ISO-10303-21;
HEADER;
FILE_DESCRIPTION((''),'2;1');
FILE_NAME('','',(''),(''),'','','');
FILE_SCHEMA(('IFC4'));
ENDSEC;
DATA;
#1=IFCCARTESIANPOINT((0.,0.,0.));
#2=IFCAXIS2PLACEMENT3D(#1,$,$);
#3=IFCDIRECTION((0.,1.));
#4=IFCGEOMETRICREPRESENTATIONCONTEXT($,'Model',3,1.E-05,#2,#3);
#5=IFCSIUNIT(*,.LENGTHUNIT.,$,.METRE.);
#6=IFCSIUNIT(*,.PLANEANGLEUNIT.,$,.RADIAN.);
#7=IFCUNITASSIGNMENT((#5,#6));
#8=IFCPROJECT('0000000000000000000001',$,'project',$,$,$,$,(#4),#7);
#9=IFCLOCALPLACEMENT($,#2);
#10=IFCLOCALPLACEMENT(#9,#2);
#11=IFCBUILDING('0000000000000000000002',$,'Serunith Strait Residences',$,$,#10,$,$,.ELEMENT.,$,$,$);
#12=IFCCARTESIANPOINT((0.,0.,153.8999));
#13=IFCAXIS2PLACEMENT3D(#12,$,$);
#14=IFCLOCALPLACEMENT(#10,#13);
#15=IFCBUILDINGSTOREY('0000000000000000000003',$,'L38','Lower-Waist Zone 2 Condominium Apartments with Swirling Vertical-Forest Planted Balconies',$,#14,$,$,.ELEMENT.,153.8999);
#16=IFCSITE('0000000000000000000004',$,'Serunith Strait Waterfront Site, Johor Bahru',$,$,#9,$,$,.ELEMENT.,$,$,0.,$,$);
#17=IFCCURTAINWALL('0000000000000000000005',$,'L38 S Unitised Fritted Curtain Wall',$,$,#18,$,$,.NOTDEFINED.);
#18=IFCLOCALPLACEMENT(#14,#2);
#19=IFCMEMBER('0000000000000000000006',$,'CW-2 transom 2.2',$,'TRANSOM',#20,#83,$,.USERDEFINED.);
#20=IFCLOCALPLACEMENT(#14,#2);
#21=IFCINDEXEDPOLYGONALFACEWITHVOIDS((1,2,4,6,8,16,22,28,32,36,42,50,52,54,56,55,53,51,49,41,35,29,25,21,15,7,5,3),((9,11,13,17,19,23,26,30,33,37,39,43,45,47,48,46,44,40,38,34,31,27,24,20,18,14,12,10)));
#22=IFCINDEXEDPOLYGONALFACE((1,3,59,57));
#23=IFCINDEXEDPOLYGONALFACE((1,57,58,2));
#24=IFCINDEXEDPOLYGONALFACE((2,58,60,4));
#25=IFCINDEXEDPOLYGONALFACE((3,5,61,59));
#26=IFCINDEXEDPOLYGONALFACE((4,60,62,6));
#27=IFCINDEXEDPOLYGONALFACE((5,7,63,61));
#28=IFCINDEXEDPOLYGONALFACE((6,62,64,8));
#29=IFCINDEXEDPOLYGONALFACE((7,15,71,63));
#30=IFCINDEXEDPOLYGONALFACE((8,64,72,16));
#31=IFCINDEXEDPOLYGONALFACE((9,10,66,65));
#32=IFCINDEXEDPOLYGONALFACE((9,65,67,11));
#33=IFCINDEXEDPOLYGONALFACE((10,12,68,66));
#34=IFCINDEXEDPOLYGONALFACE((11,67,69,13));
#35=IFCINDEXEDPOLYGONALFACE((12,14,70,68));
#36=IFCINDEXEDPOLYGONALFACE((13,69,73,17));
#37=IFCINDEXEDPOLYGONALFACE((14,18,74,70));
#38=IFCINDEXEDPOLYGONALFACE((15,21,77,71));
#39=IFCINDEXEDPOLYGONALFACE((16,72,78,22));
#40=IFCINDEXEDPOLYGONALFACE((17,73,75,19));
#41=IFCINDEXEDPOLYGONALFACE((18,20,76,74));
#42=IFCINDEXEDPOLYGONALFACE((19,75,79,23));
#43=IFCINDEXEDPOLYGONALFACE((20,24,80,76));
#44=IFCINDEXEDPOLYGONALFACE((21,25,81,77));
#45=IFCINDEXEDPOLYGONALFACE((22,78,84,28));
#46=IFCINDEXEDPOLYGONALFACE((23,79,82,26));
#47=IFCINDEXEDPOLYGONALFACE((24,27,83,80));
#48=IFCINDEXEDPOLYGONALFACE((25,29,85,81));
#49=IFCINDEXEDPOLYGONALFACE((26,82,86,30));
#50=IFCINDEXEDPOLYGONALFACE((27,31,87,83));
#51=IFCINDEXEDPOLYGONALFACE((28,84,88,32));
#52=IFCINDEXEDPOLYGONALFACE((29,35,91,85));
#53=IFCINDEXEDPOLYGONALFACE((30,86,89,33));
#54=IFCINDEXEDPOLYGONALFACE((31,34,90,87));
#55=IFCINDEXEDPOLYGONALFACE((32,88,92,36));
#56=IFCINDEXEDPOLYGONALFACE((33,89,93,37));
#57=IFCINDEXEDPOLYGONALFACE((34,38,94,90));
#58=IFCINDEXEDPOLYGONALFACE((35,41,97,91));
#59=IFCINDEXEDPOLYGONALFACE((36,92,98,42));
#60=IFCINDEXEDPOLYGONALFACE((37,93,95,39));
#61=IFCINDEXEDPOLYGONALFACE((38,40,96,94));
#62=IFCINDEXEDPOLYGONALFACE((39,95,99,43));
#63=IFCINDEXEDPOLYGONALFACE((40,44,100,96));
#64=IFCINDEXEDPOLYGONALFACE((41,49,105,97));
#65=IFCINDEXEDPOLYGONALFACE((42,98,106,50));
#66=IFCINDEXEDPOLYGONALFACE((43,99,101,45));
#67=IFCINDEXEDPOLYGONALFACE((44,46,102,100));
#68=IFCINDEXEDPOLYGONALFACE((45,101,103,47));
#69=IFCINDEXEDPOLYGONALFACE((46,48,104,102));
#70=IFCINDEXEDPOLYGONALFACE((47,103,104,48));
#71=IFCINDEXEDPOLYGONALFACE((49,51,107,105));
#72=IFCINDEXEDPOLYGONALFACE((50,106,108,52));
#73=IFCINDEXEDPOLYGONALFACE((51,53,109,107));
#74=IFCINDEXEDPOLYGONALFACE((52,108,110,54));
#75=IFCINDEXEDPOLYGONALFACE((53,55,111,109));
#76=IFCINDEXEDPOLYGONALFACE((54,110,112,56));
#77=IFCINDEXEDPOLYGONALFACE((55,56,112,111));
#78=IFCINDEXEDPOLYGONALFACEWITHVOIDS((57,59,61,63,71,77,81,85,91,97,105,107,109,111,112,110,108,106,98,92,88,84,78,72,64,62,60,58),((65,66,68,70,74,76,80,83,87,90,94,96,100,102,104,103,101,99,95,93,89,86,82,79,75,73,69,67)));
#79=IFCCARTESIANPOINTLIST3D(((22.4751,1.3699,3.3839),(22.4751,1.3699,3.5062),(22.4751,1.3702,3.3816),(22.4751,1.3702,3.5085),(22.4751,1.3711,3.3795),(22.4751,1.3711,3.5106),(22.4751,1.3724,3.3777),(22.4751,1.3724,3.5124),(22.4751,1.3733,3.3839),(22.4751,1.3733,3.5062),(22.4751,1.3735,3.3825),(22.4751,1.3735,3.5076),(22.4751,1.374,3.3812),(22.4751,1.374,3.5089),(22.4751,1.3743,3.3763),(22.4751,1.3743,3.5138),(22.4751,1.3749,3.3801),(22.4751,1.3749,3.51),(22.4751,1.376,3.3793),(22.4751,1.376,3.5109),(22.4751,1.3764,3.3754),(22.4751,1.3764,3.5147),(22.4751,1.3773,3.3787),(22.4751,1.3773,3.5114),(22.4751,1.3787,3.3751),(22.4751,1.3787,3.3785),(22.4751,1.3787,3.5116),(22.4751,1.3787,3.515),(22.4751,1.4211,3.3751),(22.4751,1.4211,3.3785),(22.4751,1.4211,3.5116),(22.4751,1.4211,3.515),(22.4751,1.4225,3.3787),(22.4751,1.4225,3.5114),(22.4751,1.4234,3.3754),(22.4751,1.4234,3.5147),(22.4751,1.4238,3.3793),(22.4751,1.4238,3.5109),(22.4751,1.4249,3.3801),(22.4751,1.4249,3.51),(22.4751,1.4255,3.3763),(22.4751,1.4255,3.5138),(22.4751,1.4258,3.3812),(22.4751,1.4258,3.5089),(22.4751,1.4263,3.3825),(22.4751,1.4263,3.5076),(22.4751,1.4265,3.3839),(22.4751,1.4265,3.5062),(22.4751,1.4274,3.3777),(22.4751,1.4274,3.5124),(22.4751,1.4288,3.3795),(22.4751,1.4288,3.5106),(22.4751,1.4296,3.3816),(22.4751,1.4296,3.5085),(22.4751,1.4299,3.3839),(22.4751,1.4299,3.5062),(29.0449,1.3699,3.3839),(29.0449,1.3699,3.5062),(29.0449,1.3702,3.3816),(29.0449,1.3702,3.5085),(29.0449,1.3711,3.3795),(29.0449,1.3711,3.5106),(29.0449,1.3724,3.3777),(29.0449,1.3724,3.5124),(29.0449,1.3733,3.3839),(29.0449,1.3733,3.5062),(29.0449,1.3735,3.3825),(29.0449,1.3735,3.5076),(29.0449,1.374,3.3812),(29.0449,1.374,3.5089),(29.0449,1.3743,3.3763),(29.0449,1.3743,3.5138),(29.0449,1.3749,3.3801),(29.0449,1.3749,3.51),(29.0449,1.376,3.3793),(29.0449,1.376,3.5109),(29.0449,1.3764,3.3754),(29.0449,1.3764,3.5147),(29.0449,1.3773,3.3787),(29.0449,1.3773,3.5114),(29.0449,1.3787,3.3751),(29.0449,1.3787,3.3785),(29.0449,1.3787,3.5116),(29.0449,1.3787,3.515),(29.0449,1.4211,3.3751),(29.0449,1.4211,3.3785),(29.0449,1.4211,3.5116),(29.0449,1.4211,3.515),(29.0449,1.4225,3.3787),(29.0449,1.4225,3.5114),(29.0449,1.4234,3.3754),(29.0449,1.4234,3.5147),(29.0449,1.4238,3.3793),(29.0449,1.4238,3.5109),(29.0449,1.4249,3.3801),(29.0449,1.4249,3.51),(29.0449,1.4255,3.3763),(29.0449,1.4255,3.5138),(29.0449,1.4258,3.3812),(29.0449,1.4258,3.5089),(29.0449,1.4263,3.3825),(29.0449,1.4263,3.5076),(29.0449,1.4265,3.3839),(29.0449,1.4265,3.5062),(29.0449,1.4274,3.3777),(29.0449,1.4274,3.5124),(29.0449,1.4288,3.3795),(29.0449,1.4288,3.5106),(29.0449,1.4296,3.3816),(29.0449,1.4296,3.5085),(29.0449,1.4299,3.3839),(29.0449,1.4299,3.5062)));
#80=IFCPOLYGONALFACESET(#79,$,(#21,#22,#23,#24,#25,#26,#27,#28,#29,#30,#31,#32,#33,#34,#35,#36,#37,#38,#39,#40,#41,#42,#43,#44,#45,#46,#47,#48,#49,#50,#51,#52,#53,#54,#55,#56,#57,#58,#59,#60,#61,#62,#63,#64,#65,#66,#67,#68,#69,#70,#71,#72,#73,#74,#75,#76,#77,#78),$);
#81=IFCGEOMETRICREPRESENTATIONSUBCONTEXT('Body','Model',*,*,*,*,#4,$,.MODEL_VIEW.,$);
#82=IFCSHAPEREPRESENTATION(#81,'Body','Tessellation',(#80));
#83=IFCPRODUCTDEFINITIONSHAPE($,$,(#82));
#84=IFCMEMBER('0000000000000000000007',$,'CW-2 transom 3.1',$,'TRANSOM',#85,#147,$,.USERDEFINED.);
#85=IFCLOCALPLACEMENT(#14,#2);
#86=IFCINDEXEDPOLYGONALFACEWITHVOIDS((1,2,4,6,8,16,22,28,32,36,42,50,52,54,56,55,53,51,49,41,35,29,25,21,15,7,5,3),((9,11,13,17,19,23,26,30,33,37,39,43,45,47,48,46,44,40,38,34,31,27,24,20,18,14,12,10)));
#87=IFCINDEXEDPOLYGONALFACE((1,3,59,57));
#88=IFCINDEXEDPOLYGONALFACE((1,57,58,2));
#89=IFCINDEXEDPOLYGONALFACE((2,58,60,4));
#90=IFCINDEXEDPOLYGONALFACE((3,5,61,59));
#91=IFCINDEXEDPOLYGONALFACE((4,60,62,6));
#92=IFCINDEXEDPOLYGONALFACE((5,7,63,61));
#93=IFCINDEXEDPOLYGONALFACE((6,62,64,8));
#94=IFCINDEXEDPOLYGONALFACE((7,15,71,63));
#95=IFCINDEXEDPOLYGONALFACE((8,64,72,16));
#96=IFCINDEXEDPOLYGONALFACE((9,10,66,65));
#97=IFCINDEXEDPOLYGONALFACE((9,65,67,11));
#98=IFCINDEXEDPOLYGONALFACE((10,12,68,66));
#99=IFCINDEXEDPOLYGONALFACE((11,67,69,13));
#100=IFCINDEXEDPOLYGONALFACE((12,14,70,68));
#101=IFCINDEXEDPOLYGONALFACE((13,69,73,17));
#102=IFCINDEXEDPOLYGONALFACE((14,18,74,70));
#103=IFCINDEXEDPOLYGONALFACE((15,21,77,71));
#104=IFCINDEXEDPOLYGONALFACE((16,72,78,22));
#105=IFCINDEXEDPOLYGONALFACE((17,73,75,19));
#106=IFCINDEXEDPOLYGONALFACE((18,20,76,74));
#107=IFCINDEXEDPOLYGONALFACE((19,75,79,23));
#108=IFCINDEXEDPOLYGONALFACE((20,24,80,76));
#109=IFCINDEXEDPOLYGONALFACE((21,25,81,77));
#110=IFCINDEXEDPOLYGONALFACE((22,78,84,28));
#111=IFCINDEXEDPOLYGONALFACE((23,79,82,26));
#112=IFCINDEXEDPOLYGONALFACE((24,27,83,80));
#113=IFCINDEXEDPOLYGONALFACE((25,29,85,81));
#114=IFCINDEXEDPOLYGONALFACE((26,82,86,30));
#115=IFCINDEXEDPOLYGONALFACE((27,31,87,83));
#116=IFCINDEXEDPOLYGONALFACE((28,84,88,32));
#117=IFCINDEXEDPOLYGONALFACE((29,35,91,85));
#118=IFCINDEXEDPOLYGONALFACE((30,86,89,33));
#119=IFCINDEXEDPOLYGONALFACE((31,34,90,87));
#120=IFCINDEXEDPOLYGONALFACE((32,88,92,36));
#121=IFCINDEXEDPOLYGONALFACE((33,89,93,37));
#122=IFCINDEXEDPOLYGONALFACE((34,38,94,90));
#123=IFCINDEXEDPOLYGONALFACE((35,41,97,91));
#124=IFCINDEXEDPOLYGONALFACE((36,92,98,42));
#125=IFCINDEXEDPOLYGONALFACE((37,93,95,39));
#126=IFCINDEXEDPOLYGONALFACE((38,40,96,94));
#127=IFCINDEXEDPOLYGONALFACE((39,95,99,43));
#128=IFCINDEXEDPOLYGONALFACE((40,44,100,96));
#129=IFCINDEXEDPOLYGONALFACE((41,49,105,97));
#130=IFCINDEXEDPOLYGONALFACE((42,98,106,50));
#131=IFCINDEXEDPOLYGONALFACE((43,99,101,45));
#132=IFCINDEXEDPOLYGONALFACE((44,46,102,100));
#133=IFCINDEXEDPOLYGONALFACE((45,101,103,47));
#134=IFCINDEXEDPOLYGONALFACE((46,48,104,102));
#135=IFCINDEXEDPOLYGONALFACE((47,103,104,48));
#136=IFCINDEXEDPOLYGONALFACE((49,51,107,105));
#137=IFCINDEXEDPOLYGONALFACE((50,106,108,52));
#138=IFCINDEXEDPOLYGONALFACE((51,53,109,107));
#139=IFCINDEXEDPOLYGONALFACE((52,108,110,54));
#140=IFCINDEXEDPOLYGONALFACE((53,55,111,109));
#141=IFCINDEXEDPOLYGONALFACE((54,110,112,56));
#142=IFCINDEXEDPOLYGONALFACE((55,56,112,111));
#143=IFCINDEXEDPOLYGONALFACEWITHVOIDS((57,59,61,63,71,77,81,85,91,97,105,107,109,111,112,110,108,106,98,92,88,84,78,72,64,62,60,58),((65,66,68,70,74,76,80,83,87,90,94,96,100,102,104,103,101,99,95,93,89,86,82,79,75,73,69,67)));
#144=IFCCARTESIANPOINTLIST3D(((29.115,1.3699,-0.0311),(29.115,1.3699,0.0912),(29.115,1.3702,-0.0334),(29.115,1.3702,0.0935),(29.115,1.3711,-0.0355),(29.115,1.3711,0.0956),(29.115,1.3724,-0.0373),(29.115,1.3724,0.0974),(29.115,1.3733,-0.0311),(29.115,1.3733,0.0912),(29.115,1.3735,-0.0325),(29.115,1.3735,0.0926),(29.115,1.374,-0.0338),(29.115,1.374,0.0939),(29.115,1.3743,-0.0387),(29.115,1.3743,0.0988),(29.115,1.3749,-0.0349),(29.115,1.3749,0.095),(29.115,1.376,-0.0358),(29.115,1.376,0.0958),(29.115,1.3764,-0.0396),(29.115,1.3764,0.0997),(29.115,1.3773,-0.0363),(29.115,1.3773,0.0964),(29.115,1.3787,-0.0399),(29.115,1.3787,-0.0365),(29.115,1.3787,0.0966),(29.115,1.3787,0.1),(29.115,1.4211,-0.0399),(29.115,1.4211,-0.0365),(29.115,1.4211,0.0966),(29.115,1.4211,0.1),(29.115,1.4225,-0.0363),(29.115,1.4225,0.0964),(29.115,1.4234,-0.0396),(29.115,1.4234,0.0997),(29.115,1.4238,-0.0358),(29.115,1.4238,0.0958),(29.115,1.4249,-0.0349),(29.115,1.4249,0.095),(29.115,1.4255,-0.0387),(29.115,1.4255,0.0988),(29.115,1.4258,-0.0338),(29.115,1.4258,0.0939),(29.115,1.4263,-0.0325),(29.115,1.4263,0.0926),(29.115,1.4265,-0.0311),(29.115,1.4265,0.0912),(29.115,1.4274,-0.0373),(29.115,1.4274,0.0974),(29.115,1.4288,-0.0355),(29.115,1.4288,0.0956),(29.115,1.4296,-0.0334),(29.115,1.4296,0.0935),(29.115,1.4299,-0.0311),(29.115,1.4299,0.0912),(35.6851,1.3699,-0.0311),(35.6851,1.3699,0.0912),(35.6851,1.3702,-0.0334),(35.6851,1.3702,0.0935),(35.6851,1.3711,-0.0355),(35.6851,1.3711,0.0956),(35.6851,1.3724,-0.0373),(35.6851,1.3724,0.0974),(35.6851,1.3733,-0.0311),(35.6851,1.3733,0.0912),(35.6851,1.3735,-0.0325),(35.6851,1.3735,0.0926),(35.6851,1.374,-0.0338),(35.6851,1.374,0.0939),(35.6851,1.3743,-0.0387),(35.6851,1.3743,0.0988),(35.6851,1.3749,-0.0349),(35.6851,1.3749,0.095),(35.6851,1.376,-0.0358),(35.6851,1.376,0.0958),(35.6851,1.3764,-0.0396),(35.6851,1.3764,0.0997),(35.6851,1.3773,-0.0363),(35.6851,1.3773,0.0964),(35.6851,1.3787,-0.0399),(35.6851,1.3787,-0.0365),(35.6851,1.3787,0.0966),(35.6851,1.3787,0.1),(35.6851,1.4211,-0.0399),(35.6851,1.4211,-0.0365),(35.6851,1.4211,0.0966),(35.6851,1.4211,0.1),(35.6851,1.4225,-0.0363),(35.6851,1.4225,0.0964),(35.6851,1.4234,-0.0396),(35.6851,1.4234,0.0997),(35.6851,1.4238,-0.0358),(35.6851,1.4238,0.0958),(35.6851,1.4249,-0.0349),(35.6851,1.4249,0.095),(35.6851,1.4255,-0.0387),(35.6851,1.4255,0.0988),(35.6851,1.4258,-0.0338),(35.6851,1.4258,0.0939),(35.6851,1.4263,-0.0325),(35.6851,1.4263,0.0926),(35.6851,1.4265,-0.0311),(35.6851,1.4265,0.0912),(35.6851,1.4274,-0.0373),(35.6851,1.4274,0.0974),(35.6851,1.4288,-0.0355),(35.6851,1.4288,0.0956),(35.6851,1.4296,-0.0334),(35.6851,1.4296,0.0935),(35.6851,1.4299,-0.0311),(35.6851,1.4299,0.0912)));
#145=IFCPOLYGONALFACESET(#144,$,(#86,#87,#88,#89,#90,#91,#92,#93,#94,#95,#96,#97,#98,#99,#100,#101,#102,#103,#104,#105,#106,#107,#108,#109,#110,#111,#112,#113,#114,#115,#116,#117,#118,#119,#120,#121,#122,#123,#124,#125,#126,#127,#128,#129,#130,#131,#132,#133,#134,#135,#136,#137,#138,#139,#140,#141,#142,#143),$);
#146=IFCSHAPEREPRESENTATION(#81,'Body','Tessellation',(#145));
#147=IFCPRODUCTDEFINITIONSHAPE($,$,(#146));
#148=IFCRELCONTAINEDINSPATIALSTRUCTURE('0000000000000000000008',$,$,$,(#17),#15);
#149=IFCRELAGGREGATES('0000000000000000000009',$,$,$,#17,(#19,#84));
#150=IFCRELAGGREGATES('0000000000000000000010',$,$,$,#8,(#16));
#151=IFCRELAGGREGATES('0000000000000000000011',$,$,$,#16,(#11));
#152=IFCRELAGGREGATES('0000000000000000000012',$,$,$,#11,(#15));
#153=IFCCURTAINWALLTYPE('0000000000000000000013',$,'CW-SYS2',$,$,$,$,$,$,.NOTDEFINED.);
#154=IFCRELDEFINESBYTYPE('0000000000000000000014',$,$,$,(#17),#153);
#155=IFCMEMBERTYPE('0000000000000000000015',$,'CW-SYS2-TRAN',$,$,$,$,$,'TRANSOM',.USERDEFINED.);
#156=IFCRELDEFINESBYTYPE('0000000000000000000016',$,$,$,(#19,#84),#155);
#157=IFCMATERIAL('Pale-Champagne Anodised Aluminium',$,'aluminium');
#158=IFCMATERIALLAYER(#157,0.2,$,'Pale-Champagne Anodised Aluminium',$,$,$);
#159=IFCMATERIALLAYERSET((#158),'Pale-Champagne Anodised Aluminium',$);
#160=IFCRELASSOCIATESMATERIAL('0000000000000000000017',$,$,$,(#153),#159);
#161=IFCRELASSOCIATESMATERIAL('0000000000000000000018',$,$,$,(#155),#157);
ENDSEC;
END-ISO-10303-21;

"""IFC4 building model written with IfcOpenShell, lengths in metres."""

from ifc_helpers import new_model, si_unit, direction, frame, origin, origin_2d, place, context, subcontext, project, spatial, hollow_rectangle, extrude, source, transform, mapped, material, layer, layer_set, material_profile, profile_set, type_object, element, aggregate, save


model = new_model("IFC4")

# Units and contexts
model_context = context("Model", 3, precision=1e-05, world=origin(), true_north=direction((0.0, 1.0)))
body_context = subcontext(model_context, "Body", "Model", "MODEL_VIEW")
ifc_project = project(units=[si_unit("LENGTHUNIT", "METRE"), si_unit("PLANEANGLEUNIT", "RADIAN")], contexts=[model_context])

# Site, building, storey
site_placement = place(None, origin())
site = spatial("IfcSite", under=ifc_project, at=site_placement, Name="Serunith Strait Waterfront Site, Johor Bahru", CompositionType="ELEMENT", RefElevation=0.0)
building_placement = place(site_placement, origin())
building = spatial("IfcBuilding", under=site, at=building_placement, Name="Serunith Strait Residences", CompositionType="ELEMENT")
storey_placement = place(building_placement, frame((0.0, 0.0, 153.8999)))
storey = spatial("IfcBuildingStorey", under=building, at=storey_placement, Name="L38", Description="Lower-Waist Zone 2 Condominium Apartments with Swirling Vertical-Forest Planted Balconies", CompositionType="ELEMENT", Elevation=153.8999)

# Curtain wall, members
ifc_material_1 = material(Name="Pale-Champagne Anodised Aluminium", Category="aluminium")
ifc_layer_1 = layer(ifc_material_1, 0.2, Name="Pale-Champagne Anodised Aluminium")
ifc_layer_set_1 = layer_set([ifc_layer_1], Name="Pale-Champagne Anodised Aluminium")
curtain_wall_type = type_object("IfcCurtainWallType", Name="CW-SYS2", PredefinedType="NOTDEFINED", material=ifc_layer_set_1)
curtain_wall_placement = place(storey_placement, origin())
curtain_wall = element("IfcCurtainWall", 1, at=curtain_wall_placement, inside=storey, type_object=curtain_wall_type, Name="L38 S Unitised Fritted Curtain Wall", PredefinedType="NOTDEFINED")
ifc_material_profile_1 = material_profile(ifc_material_1, hollow_rectangle(XDim=0.0601, YDim=0.1399, WallThickness=0.0034, InnerFilletRadius=0.0054, OuterFilletRadius=0.0088, at=origin_2d()), Name="ALU 140x60x3.5")
ifc_profile_set_1 = profile_set([ifc_material_profile_1], Name="Pale-Champagne Anodised Aluminium")
member_type_1 = type_object("IfcMemberType", Name="CW-SYS2-TRAN", ElementType="TRANSOM", PredefinedType="USERDEFINED", material=ifc_profile_set_1)
shared_shape_1 = source(origin(), body_context, "Body", "SweptSolid", [
    extrude(hollow_rectangle(XDim=0.0601, YDim=0.1399, WallThickness=0.0034, InnerFilletRadius=0.0054, OuterFilletRadius=0.0088, at=origin_2d()), origin(), (0.0, 0.0, 1.0), 6.5698),
])
member_1_placement = place(storey_placement, frame((22.4751, 1.3999, 3.4451), z_axis=(1.0, 0.0, 0.0), x_axis=(0.0, 1.0, 0.0)))
member_1 = element("IfcMember", 2, at=member_1_placement, type_object=member_type_1, Name="CW-2 transom 2.2", ObjectType="TRANSOM", PredefinedType="USERDEFINED", context=body_context, shape_type="MappedRepresentation", body=[
    mapped(shared_shape_1, transform((0.0, 0.0, 0.0), scale=1.0)),
])
shared_shape_2 = source(origin(), body_context, "Body", "SweptSolid", [
    extrude(hollow_rectangle(XDim=0.0601, YDim=0.1399, WallThickness=0.0034, InnerFilletRadius=0.0054, OuterFilletRadius=0.0088, at=origin_2d()), origin(), (0.0, 0.0, 1.0), 6.5701),
])
member_2_placement = place(storey_placement, frame((29.115, 1.3999, 0.03), z_axis=(1.0, 0.0, 0.0), x_axis=(0.0, 1.0, 0.0)))
member_2 = element("IfcMember", 3, at=member_2_placement, type_object=member_type_1, Name="CW-2 transom 3.1", ObjectType="TRANSOM", PredefinedType="USERDEFINED", context=body_context, shape_type="MappedRepresentation", body=[
    mapped(shared_shape_2, transform((0.0, 0.0, 0.0), scale=1.0)),
])
aggregate(curtain_wall, [member_1, member_2])

save(model, "model.ifc")
